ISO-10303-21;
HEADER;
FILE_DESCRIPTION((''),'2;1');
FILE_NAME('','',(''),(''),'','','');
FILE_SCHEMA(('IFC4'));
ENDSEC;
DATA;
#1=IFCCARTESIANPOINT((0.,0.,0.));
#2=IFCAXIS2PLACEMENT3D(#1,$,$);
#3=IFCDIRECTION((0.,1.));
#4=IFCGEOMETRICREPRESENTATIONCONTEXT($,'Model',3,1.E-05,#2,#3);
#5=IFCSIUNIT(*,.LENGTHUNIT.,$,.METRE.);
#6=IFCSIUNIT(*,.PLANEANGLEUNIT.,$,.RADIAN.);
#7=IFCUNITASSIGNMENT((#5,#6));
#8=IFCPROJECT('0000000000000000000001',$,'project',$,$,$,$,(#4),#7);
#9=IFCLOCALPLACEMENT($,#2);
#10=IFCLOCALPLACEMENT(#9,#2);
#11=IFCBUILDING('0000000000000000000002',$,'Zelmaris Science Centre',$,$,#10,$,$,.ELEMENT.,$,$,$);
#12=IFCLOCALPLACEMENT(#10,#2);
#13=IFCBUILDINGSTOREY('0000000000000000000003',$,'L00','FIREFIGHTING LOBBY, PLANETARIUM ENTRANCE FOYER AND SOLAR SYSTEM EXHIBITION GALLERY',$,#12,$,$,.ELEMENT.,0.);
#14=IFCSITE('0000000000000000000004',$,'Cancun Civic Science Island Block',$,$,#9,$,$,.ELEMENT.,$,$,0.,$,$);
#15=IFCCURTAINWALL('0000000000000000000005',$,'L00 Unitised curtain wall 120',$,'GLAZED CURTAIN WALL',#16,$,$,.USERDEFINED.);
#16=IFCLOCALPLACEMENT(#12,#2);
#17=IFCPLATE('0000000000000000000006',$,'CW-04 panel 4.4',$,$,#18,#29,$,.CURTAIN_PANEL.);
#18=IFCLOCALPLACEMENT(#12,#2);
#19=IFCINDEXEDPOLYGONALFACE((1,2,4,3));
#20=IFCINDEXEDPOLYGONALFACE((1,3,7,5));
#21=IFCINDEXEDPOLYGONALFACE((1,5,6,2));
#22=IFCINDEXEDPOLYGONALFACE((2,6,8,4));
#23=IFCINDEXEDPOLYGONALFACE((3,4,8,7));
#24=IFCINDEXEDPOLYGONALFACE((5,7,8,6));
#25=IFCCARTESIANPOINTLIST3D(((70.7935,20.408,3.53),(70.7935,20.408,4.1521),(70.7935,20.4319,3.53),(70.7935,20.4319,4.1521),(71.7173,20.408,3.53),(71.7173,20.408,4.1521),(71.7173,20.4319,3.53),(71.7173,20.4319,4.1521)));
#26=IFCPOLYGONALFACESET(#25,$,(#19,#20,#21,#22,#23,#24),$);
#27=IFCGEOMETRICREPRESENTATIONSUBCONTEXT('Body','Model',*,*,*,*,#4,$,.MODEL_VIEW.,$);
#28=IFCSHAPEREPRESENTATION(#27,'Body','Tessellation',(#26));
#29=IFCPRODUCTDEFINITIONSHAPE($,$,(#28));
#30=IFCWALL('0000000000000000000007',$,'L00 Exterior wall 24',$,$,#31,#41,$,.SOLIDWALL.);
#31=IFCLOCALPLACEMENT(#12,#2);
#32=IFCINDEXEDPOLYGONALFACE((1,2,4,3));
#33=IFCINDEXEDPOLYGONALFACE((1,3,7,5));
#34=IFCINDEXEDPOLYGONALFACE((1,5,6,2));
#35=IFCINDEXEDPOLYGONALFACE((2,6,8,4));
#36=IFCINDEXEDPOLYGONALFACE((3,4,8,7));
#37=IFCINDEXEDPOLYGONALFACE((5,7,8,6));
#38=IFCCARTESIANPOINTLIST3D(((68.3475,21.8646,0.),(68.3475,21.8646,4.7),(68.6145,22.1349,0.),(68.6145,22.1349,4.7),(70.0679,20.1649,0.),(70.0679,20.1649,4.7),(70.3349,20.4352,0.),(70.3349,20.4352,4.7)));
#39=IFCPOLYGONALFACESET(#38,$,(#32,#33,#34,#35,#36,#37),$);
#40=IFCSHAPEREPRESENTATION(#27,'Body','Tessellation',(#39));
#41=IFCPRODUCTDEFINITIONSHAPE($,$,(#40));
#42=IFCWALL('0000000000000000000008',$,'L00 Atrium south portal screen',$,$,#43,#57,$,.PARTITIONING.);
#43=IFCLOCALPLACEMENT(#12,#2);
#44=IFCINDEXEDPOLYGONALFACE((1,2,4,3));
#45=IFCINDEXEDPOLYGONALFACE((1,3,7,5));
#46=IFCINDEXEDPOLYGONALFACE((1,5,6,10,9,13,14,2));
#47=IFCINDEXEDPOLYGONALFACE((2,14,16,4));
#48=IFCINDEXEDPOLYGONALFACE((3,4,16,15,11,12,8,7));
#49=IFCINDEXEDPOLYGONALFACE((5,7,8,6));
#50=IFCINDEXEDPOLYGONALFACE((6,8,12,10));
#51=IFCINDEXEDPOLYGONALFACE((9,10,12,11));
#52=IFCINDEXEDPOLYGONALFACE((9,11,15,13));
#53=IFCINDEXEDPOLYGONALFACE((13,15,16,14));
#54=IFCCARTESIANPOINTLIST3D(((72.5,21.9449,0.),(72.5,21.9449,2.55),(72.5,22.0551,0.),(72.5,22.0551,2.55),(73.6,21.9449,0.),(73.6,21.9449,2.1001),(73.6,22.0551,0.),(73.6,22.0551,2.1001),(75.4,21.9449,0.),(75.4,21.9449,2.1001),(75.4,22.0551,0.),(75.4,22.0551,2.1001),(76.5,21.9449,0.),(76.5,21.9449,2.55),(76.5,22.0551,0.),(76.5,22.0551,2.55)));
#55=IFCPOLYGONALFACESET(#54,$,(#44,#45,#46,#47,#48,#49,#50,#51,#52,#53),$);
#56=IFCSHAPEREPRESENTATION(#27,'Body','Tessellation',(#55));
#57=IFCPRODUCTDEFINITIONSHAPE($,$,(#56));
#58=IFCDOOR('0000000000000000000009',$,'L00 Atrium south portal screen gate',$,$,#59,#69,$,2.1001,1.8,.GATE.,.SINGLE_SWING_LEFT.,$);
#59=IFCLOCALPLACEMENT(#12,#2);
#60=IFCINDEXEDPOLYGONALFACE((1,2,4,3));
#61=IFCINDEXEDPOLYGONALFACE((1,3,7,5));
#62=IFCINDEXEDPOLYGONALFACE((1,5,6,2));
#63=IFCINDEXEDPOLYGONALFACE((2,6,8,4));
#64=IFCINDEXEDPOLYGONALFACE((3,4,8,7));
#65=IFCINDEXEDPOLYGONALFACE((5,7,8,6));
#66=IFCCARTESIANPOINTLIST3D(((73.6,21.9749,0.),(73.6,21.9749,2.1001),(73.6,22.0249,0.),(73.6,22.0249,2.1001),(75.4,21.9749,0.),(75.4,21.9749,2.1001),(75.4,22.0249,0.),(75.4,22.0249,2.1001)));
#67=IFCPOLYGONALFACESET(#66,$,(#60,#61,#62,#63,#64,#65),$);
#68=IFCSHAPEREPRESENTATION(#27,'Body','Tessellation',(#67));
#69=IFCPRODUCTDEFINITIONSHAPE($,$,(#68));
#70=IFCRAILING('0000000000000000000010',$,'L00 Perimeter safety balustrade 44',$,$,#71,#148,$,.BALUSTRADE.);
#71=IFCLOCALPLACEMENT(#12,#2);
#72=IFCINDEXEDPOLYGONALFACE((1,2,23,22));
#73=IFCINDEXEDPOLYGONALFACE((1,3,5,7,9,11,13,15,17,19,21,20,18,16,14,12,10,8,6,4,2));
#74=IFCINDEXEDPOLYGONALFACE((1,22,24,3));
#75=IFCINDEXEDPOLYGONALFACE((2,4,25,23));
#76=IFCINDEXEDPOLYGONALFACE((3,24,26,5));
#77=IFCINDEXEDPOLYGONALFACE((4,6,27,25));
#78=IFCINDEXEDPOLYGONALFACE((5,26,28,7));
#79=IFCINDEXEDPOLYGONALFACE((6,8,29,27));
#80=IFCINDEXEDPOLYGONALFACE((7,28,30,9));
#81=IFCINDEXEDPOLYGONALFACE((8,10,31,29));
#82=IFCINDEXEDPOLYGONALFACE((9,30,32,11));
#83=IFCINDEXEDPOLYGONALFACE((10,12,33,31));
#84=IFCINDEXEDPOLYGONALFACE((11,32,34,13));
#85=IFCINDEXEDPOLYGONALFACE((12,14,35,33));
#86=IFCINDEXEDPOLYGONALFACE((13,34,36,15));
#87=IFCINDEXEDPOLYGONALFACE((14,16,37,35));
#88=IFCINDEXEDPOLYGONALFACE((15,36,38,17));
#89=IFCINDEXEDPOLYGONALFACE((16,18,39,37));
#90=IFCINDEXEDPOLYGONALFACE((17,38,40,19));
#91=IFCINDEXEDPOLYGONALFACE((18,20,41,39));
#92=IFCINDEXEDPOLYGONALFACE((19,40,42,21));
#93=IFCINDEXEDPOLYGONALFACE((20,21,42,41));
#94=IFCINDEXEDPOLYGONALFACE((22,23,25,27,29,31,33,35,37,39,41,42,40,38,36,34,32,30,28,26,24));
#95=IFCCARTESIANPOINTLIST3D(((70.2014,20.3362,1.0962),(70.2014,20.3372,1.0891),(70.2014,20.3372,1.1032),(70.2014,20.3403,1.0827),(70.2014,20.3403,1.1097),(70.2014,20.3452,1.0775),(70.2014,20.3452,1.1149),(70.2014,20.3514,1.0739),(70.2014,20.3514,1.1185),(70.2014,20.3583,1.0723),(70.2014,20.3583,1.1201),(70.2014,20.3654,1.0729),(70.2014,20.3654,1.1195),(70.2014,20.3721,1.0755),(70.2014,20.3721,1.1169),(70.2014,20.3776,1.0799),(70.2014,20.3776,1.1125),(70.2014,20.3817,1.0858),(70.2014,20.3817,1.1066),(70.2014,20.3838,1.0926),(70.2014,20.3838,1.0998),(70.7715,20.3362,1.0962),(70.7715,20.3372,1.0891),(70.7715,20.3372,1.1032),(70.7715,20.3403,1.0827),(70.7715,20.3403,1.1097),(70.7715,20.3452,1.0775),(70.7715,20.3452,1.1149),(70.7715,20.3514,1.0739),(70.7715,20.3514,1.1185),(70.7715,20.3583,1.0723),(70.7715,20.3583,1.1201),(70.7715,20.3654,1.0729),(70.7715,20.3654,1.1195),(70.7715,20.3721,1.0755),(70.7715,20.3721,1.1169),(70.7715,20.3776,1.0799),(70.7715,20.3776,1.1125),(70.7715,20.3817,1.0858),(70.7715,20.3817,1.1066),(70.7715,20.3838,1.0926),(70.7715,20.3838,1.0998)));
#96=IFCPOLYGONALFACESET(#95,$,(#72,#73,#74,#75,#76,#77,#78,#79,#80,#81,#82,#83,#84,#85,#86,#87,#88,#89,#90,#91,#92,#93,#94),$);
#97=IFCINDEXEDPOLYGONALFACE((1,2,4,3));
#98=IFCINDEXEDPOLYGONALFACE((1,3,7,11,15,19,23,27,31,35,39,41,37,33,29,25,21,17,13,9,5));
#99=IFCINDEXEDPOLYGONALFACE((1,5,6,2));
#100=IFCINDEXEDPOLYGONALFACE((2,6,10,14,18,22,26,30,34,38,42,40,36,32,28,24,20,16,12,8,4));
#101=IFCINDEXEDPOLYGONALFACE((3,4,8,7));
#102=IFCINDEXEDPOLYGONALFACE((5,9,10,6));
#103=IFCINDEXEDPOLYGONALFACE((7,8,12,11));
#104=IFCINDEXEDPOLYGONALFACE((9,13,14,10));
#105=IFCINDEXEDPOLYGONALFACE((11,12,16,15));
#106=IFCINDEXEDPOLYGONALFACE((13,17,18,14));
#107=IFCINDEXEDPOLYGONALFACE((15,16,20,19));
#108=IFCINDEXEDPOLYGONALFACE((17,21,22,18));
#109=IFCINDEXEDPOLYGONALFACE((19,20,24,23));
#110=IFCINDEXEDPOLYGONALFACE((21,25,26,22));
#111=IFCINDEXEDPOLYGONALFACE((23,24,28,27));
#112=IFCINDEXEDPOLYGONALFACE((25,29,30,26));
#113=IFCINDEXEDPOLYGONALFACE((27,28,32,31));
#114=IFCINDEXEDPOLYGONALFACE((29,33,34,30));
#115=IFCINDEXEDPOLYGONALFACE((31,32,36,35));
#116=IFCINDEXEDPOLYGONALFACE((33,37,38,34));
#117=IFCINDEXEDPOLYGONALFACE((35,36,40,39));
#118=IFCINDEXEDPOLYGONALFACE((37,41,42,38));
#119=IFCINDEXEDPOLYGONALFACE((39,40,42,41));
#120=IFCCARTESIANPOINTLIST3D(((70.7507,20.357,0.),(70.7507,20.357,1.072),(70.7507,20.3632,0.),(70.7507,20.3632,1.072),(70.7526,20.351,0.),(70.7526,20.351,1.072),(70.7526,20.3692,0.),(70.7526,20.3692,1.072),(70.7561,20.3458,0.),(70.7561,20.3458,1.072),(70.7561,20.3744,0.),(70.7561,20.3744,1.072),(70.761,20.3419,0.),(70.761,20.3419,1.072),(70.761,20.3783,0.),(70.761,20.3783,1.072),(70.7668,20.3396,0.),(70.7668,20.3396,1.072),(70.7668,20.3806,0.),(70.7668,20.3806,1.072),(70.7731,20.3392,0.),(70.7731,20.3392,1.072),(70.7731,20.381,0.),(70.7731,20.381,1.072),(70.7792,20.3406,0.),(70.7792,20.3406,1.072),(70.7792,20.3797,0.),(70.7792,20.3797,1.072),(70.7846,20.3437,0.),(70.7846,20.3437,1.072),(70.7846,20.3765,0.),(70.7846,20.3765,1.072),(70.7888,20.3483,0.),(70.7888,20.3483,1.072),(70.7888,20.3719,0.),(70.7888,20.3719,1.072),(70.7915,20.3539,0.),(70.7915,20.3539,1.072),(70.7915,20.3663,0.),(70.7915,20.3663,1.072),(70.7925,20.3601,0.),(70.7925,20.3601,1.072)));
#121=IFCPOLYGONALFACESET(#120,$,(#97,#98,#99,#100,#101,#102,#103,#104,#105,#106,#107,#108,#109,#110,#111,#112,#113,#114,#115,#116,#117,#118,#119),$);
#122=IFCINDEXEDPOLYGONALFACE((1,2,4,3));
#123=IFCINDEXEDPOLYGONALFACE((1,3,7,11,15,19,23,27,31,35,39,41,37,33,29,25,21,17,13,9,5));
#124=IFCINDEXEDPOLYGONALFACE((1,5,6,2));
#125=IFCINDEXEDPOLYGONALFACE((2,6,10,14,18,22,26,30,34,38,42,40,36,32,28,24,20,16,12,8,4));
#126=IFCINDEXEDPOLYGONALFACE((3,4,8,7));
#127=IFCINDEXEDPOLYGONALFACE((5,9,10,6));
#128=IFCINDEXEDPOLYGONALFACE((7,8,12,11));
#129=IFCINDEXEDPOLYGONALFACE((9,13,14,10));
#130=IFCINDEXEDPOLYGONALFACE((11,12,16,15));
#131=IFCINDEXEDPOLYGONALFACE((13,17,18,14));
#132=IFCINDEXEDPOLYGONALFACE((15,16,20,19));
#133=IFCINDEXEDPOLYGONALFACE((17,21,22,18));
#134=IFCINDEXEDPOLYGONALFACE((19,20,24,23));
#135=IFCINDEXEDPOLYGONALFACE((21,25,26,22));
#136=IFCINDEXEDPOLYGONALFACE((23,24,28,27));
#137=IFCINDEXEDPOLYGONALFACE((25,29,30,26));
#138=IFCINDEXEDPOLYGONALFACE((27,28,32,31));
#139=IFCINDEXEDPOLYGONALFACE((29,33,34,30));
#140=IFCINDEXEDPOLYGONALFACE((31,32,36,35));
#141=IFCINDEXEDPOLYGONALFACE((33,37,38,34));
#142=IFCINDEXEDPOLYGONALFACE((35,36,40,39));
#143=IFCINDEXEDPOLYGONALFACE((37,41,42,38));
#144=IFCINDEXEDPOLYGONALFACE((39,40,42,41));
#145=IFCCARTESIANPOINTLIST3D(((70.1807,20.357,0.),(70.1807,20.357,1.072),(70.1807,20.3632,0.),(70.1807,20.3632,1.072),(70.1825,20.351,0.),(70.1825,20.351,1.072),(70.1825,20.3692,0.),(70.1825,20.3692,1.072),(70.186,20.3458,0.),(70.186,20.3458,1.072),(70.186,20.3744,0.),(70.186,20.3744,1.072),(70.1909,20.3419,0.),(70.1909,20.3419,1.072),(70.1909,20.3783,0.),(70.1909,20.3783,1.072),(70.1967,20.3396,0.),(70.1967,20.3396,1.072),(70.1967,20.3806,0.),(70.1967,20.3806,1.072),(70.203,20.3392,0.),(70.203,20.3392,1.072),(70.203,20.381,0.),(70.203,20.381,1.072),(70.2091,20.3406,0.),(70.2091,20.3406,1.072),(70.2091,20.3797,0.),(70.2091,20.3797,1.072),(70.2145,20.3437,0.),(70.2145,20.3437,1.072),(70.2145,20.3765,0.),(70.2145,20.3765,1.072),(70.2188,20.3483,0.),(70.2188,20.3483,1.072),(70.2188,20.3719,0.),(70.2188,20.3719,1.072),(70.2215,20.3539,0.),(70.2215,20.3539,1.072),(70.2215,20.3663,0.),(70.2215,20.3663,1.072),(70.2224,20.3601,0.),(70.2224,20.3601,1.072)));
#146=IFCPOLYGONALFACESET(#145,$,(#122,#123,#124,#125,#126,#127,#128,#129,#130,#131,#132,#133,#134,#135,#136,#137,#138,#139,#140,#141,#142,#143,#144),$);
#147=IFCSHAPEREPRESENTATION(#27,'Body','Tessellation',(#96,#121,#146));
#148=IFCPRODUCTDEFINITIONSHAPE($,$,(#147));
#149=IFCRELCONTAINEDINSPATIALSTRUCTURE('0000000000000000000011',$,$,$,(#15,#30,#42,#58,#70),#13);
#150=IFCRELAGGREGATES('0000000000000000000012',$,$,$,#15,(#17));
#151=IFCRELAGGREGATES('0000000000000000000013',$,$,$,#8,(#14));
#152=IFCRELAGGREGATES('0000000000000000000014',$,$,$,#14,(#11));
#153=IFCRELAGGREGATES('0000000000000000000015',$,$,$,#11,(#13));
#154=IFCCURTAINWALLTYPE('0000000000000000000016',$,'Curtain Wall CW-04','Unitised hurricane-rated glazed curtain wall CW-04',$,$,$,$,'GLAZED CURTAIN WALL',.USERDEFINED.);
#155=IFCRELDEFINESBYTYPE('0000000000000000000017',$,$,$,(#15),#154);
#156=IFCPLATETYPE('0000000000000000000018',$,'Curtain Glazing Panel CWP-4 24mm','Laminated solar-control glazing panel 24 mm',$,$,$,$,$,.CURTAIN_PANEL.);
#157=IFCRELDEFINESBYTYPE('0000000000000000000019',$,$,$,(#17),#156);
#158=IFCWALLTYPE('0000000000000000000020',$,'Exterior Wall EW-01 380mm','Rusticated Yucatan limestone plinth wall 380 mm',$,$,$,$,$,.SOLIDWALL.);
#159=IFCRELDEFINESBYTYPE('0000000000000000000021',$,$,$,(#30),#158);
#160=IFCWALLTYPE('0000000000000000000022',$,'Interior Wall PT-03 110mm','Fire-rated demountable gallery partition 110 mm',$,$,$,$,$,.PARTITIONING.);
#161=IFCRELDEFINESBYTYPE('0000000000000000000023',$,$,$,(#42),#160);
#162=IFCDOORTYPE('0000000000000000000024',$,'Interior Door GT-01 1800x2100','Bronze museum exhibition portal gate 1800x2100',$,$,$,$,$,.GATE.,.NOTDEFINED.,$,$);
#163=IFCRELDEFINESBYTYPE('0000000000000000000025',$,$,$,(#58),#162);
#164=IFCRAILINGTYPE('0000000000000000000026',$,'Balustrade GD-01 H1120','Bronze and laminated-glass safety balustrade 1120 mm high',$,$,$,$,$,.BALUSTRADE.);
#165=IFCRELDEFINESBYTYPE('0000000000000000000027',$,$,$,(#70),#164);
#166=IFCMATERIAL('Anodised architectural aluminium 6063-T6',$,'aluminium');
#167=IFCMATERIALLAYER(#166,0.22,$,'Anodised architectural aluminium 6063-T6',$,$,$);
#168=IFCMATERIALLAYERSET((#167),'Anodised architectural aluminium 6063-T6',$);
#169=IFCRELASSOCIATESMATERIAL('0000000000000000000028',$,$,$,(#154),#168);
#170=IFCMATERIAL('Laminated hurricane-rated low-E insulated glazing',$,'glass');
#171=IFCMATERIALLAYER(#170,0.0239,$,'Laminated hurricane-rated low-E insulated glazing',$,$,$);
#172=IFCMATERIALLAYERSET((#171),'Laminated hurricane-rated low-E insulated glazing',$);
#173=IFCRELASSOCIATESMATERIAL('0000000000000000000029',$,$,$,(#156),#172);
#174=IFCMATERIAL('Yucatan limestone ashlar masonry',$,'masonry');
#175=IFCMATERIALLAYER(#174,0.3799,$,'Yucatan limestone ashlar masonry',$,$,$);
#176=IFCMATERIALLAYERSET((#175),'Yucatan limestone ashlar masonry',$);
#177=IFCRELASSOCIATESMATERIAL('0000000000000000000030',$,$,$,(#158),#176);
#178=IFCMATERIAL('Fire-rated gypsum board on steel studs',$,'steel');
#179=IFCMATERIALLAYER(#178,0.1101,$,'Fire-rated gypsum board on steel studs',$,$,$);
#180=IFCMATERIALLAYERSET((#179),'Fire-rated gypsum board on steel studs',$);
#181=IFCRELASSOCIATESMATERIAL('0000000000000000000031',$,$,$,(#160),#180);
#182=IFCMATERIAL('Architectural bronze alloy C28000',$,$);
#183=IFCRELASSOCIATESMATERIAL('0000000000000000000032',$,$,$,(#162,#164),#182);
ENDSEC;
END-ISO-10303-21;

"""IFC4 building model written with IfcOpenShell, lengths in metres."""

from ifc_helpers import new_model, si_unit, direction, frame, frame_2d, origin, origin_2d, place, context, subcontext, project, spatial, rectangle, circle, extrude, material, layer, layer_set, type_object, element, fill, aggregate, save


model = new_model("IFC4")

# Units and contexts
model_context = context("Model", 3, precision=1e-05, world=origin(), true_north=direction((0.0, 1.0)))
body_context = subcontext(model_context, "Body", "Model", "MODEL_VIEW")
ifc_project = project(units=[si_unit("LENGTHUNIT", "METRE"), si_unit("PLANEANGLEUNIT", "RADIAN")], contexts=[model_context])

# Site, building, storey
site_placement = place(None, origin())
site = spatial("IfcSite", under=ifc_project, at=site_placement, Name="Cancun Civic Science Island Block", CompositionType="ELEMENT", RefElevation=0.0)
building_placement = place(site_placement, origin())
building = spatial("IfcBuilding", under=site, at=building_placement, Name="Zelmaris Science Centre", CompositionType="ELEMENT")
storey_placement = place(building_placement, origin())
storey = spatial("IfcBuildingStorey", under=building, at=storey_placement, Name="L00", Description="FIREFIGHTING LOBBY, PLANETARIUM ENTRANCE FOYER AND SOLAR SYSTEM EXHIBITION GALLERY", CompositionType="ELEMENT", Elevation=0.0)

# Curtain wall
ifc_material_1 = material(Name="Anodised architectural aluminium 6063-T6", Category="aluminium")
ifc_layer_1 = layer(ifc_material_1, 0.22, Name="Anodised architectural aluminium 6063-T6")
ifc_layer_set_1 = layer_set([ifc_layer_1], Name="Anodised architectural aluminium 6063-T6")
curtain_wall_type_1 = type_object("IfcCurtainWallType", Name="Curtain Wall CW-04", Description="Unitised hurricane-rated glazed curtain wall CW-04", ElementType="GLAZED CURTAIN WALL", PredefinedType="USERDEFINED", material=ifc_layer_set_1)
curtain_wall_1_placement = place(storey_placement, origin())
curtain_wall_1 = element("IfcCurtainWall", 1, at=curtain_wall_1_placement, inside=storey, type_object=curtain_wall_type_1, Name="L00 Unitised curtain wall 120", ObjectType="GLAZED CURTAIN WALL", PredefinedType="USERDEFINED")

# Plate
ifc_material_2 = material(Name="Laminated hurricane-rated low-E insulated glazing", Category="glass")
ifc_layer_2 = layer(ifc_material_2, 0.0239, Name="Laminated hurricane-rated low-E insulated glazing")
ifc_layer_set_2 = layer_set([ifc_layer_2], Name="Laminated hurricane-rated low-E insulated glazing")
plate_type = type_object("IfcPlateType", Name="Curtain Glazing Panel CWP-4 24mm", Description="Laminated solar-control glazing panel 24 mm", PredefinedType="CURTAIN_PANEL", material=ifc_layer_set_2)
plate_1_placement = place(storey_placement, frame((71.2554, 20.4199, 3.53), z_axis=(0.0, 0.0, 1.0), x_axis=(-1.0, 0.0, 0.0)))
plate_1 = element("IfcPlate", 2, at=plate_1_placement, type_object=plate_type, Name="CW-04 panel 4.4", PredefinedType="CURTAIN_PANEL", context=body_context, shape_type="SweptSolid", body=[
    extrude(rectangle(XDim=0.9238, YDim=0.0239, at=origin_2d()), origin(), (0.0, 0.0, 1.0), 0.6221),
])
aggregate(curtain_wall_1, [plate_1])

# Wall
ifc_material_3 = material(Name="Yucatan limestone ashlar masonry", Category="masonry")
ifc_layer_3 = layer(ifc_material_3, 0.3799, Name="Yucatan limestone ashlar masonry")
ifc_layer_set_3 = layer_set([ifc_layer_3], Name="Yucatan limestone ashlar masonry")
wall_type_1 = type_object("IfcWallType", Name="Exterior Wall EW-01 380mm", Description="Rusticated Yucatan limestone plinth wall 380 mm", PredefinedType="SOLIDWALL", material=ifc_layer_set_3)
wall_1_placement = place(storey_placement, frame((70.2014, 20.3, 0.0), z_axis=(0.0, 0.0, 1.0), x_axis=(-0.711384, 0.702803, 0.0)))
element("IfcWall", 3, at=wall_1_placement, inside=storey, type_object=wall_type_1, Name="L00 Exterior wall 24", PredefinedType="SOLIDWALL", context=body_context, shape_type="SweptSolid", body=[
    extrude(rectangle(XDim=2.4185, YDim=0.3799, at=frame_2d((1.2092, 0.0))), origin(), (0.0, 0.0, 1.0), 4.7),
])

# Wall, opening, door
ifc_material_4 = material(Name="Fire-rated gypsum board on steel studs", Category="steel")
ifc_layer_4 = layer(ifc_material_4, 0.1101, Name="Fire-rated gypsum board on steel studs")
ifc_layer_set_4 = layer_set([ifc_layer_4], Name="Fire-rated gypsum board on steel studs")
wall_type_2 = type_object("IfcWallType", Name="Interior Wall PT-03 110mm", Description="Fire-rated demountable gallery partition 110 mm", PredefinedType="PARTITIONING", material=ifc_layer_set_4)
wall_2_placement = place(storey_placement, frame((72.5, 22.0, 0.0), z_axis=(0.0, 0.0, 1.0), x_axis=(1.0, 0.0, 0.0)))
wall_2 = element("IfcWall", 4, at=wall_2_placement, inside=storey, type_object=wall_type_2, Name="L00 Atrium south portal screen", PredefinedType="PARTITIONING", context=body_context, shape_type="SweptSolid", body=[
    extrude(rectangle(XDim=4.0, YDim=0.1101, at=frame_2d((2.0, 0.0))), origin(), (0.0, 0.0, 1.0), 2.55),
])
opening_placement = place(wall_2_placement, frame((1.1001, 0.0, 0.0)))
opening = element("IfcOpeningElement", 5, at=opening_placement, cuts=wall_2, PredefinedType="OPENING", context=body_context, shape_type="SweptSolid", body=[
    extrude(rectangle(XDim=1.8, YDim=2.1001, at=frame_2d((0.8999, 1.05))), frame((0.0, 0.0649, 0.0), z_axis=(0.0, -1.0, 0.0), x_axis=(1.0, 0.0, 0.0)), (0.0, 0.0, 1.0), 0.1301),
])
ifc_material_5 = material(Name="Architectural bronze alloy C28000")
door_type = type_object("IfcDoorType", Name="Interior Door GT-01 1800x2100", Description="Bronze museum exhibition portal gate 1800x2100", OperationType="NOTDEFINED", PredefinedType="GATE", material=ifc_material_5)
door_placement = place(opening_placement, origin())
door = element("IfcDoor", 6, at=door_placement, inside=storey, type_object=door_type, Name="L00 Atrium south portal screen gate", OperationType="SINGLE_SWING_LEFT", OverallHeight=2.1001, OverallWidth=1.8, PredefinedType="GATE", context=body_context, shape_type="SweptSolid", body=[
    extrude(rectangle(XDim=1.8, YDim=2.1001, at=frame_2d((0.8999, 1.05))), frame((0.0, 0.0249, 0.0), z_axis=(0.0, -1.0, 0.0), x_axis=(1.0, 0.0, 0.0)), (0.0, 0.0, 1.0), 0.05),
])
fill(opening, door)

# Railing
railing_type = type_object("IfcRailingType", Name="Balustrade GD-01 H1120", Description="Bronze and laminated-glass safety balustrade 1120 mm high", PredefinedType="BALUSTRADE", material=ifc_material_5)
for number, where, name in (
    (7, (70.7715, 20.3601, 0.0), "L00 Perimeter safety balustrade 44"),
):
    element("IfcRailing", number, at=place(storey_placement, frame(where)), inside=storey, type_object=railing_type, Name=name, PredefinedType="BALUSTRADE", context=body_context, shape_type="SweptSolid", body=[
        extrude(circle(Radius=0.0239, at=origin_2d()), frame((0.0, 0.0, 1.0962), z_axis=(-1.0, 0.0, 0.0), x_axis=(0.0, -1.0, 0.0)), (0.0, 0.0, 1.0), 0.5701),
        extrude(circle(Radius=0.021, at=origin_2d()), origin(), (0.0, 0.0, 1.0), 1.072),
        extrude(circle(Radius=0.021, at=origin_2d()), frame((-0.5701, 0.0, 0.0)), (0.0, 0.0, 1.0), 1.072),
    ])

save(model, "model.ifc")
